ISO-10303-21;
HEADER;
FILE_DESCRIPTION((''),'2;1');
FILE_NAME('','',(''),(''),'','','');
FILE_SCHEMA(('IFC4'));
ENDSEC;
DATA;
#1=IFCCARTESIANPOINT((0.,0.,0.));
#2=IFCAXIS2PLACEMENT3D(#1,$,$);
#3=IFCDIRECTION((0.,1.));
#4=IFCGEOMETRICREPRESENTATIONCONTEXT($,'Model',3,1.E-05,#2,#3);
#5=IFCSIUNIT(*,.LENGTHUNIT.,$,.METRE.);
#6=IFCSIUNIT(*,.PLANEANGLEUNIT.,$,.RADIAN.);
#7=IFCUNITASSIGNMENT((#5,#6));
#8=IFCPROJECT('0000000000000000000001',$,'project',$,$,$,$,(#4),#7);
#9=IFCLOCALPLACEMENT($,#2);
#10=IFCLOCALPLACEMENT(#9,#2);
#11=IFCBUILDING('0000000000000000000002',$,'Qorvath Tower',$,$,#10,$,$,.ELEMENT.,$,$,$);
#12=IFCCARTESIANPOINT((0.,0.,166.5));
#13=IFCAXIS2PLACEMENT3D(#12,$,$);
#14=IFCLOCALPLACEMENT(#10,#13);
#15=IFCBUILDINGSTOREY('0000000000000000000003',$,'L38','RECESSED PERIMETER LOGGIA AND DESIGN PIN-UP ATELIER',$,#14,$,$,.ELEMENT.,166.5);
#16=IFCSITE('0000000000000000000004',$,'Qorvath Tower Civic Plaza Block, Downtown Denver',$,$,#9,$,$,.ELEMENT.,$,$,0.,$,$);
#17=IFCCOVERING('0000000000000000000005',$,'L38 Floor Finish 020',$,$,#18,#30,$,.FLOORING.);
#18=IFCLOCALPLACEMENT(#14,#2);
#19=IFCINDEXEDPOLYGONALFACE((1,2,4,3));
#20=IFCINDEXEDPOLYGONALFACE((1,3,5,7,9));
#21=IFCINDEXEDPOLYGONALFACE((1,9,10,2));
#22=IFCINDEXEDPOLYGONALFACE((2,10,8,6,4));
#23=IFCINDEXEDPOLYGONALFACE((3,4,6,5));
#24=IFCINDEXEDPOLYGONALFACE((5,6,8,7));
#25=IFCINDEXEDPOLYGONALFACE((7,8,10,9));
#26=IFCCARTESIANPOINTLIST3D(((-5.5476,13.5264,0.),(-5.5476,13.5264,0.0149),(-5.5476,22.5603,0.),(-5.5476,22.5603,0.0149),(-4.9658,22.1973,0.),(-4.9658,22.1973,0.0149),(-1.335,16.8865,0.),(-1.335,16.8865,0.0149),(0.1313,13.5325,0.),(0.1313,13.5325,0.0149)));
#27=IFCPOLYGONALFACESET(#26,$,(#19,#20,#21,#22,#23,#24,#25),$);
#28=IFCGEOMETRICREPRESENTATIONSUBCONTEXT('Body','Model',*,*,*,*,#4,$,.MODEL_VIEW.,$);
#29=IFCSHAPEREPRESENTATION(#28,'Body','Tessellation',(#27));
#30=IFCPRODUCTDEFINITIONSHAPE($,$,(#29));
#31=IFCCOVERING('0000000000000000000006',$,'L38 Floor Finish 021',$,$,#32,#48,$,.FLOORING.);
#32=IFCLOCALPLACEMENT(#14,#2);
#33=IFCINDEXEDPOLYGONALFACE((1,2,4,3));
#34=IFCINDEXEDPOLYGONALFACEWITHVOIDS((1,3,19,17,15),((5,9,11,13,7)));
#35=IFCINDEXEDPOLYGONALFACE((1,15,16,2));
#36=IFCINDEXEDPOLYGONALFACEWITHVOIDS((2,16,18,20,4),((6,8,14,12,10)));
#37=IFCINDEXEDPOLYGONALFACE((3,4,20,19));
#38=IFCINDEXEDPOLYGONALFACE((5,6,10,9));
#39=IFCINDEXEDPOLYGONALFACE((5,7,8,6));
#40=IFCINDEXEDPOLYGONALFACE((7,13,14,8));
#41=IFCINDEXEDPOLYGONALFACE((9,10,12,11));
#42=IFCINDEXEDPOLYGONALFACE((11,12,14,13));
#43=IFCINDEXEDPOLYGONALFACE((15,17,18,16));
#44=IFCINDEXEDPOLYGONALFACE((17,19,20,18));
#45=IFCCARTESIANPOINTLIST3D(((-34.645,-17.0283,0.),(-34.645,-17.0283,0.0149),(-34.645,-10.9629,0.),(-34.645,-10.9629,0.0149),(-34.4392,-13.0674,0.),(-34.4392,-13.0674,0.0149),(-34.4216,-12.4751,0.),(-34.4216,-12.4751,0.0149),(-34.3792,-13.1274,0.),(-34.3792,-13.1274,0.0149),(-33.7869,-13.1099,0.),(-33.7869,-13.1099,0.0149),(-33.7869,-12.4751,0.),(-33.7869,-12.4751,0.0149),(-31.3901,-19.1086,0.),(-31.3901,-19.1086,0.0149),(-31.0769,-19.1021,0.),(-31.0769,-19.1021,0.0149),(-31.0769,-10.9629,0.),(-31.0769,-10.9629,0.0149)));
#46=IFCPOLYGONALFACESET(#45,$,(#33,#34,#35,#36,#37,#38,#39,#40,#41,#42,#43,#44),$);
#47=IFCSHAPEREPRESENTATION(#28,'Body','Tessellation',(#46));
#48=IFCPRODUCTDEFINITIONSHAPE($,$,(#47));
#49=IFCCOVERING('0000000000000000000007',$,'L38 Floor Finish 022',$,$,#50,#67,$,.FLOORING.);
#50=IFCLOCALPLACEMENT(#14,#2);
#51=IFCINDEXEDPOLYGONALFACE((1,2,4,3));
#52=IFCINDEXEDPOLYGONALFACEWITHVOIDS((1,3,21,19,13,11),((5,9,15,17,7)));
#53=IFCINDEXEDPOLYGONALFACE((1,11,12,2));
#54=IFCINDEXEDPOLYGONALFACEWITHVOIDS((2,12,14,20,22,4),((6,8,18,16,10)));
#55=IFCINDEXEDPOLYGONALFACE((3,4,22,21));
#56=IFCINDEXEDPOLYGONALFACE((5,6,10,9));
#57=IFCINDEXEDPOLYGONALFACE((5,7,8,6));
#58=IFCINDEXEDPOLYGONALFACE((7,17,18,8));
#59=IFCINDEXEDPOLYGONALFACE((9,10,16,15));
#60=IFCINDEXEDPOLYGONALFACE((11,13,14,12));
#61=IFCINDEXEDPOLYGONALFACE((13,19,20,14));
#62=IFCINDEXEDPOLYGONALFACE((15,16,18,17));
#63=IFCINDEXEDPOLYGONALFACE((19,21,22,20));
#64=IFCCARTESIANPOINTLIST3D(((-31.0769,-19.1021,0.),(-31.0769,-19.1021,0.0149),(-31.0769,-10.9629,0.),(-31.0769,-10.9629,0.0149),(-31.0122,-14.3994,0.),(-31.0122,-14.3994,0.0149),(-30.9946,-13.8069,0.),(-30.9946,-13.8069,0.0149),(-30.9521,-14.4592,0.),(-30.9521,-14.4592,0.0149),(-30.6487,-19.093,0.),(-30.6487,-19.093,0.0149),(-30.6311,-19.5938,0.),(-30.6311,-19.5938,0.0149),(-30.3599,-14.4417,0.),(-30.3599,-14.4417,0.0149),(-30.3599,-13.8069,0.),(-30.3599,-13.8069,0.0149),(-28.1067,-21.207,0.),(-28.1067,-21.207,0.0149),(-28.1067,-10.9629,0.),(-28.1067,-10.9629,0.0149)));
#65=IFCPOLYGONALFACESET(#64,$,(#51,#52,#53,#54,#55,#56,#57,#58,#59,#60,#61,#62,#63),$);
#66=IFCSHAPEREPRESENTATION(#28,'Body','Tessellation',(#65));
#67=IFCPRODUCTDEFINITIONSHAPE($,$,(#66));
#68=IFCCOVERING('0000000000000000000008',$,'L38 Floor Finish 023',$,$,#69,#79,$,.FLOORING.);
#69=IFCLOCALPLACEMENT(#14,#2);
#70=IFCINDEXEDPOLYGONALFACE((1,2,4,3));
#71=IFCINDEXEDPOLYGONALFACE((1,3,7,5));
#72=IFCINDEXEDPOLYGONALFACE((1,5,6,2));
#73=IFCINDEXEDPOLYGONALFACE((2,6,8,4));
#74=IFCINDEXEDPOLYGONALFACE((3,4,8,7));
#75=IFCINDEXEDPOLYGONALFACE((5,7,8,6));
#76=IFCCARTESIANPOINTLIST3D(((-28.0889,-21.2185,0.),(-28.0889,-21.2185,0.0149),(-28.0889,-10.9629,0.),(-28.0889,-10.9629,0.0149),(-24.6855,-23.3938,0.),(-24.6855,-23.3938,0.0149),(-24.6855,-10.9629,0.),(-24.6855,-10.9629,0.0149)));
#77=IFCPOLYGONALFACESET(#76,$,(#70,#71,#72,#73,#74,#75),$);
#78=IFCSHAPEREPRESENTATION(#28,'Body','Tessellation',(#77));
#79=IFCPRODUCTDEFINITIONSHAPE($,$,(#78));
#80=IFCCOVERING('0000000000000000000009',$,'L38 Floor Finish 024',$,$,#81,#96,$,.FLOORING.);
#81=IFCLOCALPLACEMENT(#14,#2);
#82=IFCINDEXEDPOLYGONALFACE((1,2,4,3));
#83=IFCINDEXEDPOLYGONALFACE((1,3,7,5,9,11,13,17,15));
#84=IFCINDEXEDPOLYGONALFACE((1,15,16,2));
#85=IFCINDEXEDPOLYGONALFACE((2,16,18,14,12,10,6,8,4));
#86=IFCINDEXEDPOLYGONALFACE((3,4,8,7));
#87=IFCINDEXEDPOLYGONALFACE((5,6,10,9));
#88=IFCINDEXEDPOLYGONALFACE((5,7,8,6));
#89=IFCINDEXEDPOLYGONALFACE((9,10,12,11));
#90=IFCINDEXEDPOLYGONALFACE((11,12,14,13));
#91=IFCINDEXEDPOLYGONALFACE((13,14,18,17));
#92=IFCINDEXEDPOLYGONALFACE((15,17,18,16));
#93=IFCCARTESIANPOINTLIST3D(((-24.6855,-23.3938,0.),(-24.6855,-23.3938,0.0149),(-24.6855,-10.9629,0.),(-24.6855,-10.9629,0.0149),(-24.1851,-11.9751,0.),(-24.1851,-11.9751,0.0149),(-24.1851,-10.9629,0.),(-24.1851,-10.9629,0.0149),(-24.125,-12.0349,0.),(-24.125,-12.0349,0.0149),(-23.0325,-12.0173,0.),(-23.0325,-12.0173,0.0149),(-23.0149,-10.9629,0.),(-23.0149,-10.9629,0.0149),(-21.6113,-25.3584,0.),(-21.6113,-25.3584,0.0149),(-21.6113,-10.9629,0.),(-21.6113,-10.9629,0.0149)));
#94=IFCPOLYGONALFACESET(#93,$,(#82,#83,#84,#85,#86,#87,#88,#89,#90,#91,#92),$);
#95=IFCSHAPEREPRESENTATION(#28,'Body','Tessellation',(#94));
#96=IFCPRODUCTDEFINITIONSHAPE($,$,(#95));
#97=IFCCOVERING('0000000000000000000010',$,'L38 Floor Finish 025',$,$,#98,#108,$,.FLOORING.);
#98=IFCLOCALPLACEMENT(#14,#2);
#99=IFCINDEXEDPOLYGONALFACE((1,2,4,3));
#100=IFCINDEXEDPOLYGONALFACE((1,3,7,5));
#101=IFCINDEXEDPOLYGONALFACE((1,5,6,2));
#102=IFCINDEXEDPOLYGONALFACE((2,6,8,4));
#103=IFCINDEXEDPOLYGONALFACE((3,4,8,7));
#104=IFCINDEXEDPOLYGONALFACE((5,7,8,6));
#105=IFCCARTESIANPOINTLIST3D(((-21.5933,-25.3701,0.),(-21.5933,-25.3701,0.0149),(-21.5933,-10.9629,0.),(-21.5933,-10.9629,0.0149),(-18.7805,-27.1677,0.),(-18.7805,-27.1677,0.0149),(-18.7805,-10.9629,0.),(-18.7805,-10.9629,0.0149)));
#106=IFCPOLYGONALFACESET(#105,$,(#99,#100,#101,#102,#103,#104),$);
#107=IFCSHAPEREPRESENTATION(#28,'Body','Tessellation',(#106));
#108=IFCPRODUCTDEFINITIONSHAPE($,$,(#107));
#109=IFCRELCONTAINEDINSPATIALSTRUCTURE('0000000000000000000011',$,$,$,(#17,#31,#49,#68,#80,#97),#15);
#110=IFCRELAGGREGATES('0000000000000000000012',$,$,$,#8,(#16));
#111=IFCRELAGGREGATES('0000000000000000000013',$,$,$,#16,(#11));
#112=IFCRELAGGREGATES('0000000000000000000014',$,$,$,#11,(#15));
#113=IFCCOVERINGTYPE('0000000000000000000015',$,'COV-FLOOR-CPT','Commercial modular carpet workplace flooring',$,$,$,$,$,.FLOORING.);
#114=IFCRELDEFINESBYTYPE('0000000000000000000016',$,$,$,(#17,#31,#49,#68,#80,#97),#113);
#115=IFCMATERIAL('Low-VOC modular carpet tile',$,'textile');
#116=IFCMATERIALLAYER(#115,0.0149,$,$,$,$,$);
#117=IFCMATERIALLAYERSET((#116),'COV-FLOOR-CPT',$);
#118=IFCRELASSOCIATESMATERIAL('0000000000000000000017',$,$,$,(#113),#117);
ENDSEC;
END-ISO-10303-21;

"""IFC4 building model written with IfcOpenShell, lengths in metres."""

from ifc_helpers import new_model, si_unit, direction, frame, origin, place, context, subcontext, project, spatial, polyline, outline, extrude, material, layer, layer_set, type_object, element, save


model = new_model("IFC4")

# Units and contexts
model_context = context("Model", 3, precision=1e-05, world=origin(), true_north=direction((0.0, 1.0)))
body_context = subcontext(model_context, "Body", "Model", "MODEL_VIEW")
ifc_project = project(units=[si_unit("LENGTHUNIT", "METRE"), si_unit("PLANEANGLEUNIT", "RADIAN")], contexts=[model_context])

# Site, building, storey
site_placement = place(None, origin())
site = spatial("IfcSite", under=ifc_project, at=site_placement, Name="Qorvath Tower Civic Plaza Block, Downtown Denver", CompositionType="ELEMENT", RefElevation=0.0)
building_placement = place(site_placement, origin())
building = spatial("IfcBuilding", under=site, at=building_placement, Name="Qorvath Tower", CompositionType="ELEMENT")
storey_placement = place(building_placement, frame((0.0, 0.0, 166.5)))
storey = spatial("IfcBuildingStorey", under=building, at=storey_placement, Name="L38", Description="RECESSED PERIMETER LOGGIA AND DESIGN PIN-UP ATELIER", CompositionType="ELEMENT", Elevation=166.5)

# Coverings
ifc_material_1 = material(Name="Low-VOC modular carpet tile", Category="textile")
ifc_layer_1 = layer(ifc_material_1, 0.0149)
ifc_layer_set_1 = layer_set([ifc_layer_1], Name="COV-FLOOR-CPT")
covering_type_1 = type_object("IfcCoveringType", Name="COV-FLOOR-CPT", Description="Commercial modular carpet workplace flooring", PredefinedType="FLOORING", material=ifc_layer_set_1)
covering_1_placement = place(storey_placement, origin())
element("IfcCovering", 1, at=covering_1_placement, inside=storey, type_object=covering_type_1, Name="L38 Floor Finish 020", PredefinedType="FLOORING", context=body_context, shape_type="SweptSolid", body=[
    extrude(outline(polyline([(-5.5476, 22.5603), (-5.5476, 13.5264), (0.1313, 13.5325), (-1.335, 16.8865), (-4.9658, 22.1973), (-5.5476, 22.5603)])), origin(), (0.0, 0.0, 1.0), 0.0149),
])
covering_2_placement = place(storey_placement, origin())
element("IfcCovering", 2, at=covering_2_placement, inside=storey, type_object=covering_type_1, Name="L38 Floor Finish 021", PredefinedType="FLOORING", context=body_context, shape_type="SweptSolid", body=[
    extrude(outline(polyline([(-34.645, -10.9629), (-34.645, -17.0283), (-31.3901, -19.1086), (-31.0769, -19.1021), (-31.0769, -10.9629), (-34.645, -10.9629)]), holes=[polyline([(-34.4392, -13.0674), (-34.4216, -12.4751), (-33.7869, -12.4751), (-33.7869, -13.1099), (-34.3792, -13.1274), (-34.4392, -13.0674)])]), origin(), (0.0, 0.0, 1.0), 0.0149),
])
covering_3_placement = place(storey_placement, origin())
element("IfcCovering", 3, at=covering_3_placement, inside=storey, type_object=covering_type_1, Name="L38 Floor Finish 022", PredefinedType="FLOORING", context=body_context, shape_type="SweptSolid", body=[
    extrude(outline(polyline([(-31.0769, -10.9629), (-31.0769, -19.1021), (-30.6487, -19.093), (-30.6311, -19.5938), (-28.1067, -21.207), (-28.1067, -10.9629), (-31.0769, -10.9629)]), holes=[polyline([(-31.0122, -14.3994), (-30.9946, -13.8069), (-30.3599, -13.8069), (-30.3599, -14.4417), (-30.9521, -14.4592), (-31.0122, -14.3994)])]), origin(), (0.0, 0.0, 1.0), 0.0149),
])
covering_4_placement = place(storey_placement, origin())
element("IfcCovering", 4, at=covering_4_placement, inside=storey, type_object=covering_type_1, Name="L38 Floor Finish 023", PredefinedType="FLOORING", context=body_context, shape_type="SweptSolid", body=[
    extrude(outline(polyline([(-24.6855, -23.3938), (-24.6855, -10.9629), (-28.0889, -10.9629), (-28.0889, -21.2185), (-24.6855, -23.3938)])), origin(), (0.0, 0.0, 1.0), 0.0149),
])
covering_5_placement = place(storey_placement, origin())
element("IfcCovering", 5, at=covering_5_placement, inside=storey, type_object=covering_type_1, Name="L38 Floor Finish 024", PredefinedType="FLOORING", context=body_context, shape_type="SweptSolid", body=[
    extrude(outline(polyline([(-21.6113, -25.3584), (-21.6113, -10.9629), (-23.0149, -10.9629), (-23.0325, -12.0173), (-24.125, -12.0349), (-24.1851, -11.9751), (-24.1851, -10.9629), (-24.6855, -10.9629), (-24.6855, -23.3938), (-21.6113, -25.3584)])), origin(), (0.0, 0.0, 1.0), 0.0149),
])
covering_6_placement = place(storey_placement, origin())
element("IfcCovering", 6, at=covering_6_placement, inside=storey, type_object=covering_type_1, Name="L38 Floor Finish 025", PredefinedType="FLOORING", context=body_context, shape_type="SweptSolid", body=[
    extrude(outline(polyline([(-18.7805, -27.1677), (-18.7805, -10.9629), (-21.5933, -10.9629), (-21.5933, -25.3701), (-18.7805, -27.1677)])), origin(), (0.0, 0.0, 1.0), 0.0149),
])

save(model, "model.ifc")
